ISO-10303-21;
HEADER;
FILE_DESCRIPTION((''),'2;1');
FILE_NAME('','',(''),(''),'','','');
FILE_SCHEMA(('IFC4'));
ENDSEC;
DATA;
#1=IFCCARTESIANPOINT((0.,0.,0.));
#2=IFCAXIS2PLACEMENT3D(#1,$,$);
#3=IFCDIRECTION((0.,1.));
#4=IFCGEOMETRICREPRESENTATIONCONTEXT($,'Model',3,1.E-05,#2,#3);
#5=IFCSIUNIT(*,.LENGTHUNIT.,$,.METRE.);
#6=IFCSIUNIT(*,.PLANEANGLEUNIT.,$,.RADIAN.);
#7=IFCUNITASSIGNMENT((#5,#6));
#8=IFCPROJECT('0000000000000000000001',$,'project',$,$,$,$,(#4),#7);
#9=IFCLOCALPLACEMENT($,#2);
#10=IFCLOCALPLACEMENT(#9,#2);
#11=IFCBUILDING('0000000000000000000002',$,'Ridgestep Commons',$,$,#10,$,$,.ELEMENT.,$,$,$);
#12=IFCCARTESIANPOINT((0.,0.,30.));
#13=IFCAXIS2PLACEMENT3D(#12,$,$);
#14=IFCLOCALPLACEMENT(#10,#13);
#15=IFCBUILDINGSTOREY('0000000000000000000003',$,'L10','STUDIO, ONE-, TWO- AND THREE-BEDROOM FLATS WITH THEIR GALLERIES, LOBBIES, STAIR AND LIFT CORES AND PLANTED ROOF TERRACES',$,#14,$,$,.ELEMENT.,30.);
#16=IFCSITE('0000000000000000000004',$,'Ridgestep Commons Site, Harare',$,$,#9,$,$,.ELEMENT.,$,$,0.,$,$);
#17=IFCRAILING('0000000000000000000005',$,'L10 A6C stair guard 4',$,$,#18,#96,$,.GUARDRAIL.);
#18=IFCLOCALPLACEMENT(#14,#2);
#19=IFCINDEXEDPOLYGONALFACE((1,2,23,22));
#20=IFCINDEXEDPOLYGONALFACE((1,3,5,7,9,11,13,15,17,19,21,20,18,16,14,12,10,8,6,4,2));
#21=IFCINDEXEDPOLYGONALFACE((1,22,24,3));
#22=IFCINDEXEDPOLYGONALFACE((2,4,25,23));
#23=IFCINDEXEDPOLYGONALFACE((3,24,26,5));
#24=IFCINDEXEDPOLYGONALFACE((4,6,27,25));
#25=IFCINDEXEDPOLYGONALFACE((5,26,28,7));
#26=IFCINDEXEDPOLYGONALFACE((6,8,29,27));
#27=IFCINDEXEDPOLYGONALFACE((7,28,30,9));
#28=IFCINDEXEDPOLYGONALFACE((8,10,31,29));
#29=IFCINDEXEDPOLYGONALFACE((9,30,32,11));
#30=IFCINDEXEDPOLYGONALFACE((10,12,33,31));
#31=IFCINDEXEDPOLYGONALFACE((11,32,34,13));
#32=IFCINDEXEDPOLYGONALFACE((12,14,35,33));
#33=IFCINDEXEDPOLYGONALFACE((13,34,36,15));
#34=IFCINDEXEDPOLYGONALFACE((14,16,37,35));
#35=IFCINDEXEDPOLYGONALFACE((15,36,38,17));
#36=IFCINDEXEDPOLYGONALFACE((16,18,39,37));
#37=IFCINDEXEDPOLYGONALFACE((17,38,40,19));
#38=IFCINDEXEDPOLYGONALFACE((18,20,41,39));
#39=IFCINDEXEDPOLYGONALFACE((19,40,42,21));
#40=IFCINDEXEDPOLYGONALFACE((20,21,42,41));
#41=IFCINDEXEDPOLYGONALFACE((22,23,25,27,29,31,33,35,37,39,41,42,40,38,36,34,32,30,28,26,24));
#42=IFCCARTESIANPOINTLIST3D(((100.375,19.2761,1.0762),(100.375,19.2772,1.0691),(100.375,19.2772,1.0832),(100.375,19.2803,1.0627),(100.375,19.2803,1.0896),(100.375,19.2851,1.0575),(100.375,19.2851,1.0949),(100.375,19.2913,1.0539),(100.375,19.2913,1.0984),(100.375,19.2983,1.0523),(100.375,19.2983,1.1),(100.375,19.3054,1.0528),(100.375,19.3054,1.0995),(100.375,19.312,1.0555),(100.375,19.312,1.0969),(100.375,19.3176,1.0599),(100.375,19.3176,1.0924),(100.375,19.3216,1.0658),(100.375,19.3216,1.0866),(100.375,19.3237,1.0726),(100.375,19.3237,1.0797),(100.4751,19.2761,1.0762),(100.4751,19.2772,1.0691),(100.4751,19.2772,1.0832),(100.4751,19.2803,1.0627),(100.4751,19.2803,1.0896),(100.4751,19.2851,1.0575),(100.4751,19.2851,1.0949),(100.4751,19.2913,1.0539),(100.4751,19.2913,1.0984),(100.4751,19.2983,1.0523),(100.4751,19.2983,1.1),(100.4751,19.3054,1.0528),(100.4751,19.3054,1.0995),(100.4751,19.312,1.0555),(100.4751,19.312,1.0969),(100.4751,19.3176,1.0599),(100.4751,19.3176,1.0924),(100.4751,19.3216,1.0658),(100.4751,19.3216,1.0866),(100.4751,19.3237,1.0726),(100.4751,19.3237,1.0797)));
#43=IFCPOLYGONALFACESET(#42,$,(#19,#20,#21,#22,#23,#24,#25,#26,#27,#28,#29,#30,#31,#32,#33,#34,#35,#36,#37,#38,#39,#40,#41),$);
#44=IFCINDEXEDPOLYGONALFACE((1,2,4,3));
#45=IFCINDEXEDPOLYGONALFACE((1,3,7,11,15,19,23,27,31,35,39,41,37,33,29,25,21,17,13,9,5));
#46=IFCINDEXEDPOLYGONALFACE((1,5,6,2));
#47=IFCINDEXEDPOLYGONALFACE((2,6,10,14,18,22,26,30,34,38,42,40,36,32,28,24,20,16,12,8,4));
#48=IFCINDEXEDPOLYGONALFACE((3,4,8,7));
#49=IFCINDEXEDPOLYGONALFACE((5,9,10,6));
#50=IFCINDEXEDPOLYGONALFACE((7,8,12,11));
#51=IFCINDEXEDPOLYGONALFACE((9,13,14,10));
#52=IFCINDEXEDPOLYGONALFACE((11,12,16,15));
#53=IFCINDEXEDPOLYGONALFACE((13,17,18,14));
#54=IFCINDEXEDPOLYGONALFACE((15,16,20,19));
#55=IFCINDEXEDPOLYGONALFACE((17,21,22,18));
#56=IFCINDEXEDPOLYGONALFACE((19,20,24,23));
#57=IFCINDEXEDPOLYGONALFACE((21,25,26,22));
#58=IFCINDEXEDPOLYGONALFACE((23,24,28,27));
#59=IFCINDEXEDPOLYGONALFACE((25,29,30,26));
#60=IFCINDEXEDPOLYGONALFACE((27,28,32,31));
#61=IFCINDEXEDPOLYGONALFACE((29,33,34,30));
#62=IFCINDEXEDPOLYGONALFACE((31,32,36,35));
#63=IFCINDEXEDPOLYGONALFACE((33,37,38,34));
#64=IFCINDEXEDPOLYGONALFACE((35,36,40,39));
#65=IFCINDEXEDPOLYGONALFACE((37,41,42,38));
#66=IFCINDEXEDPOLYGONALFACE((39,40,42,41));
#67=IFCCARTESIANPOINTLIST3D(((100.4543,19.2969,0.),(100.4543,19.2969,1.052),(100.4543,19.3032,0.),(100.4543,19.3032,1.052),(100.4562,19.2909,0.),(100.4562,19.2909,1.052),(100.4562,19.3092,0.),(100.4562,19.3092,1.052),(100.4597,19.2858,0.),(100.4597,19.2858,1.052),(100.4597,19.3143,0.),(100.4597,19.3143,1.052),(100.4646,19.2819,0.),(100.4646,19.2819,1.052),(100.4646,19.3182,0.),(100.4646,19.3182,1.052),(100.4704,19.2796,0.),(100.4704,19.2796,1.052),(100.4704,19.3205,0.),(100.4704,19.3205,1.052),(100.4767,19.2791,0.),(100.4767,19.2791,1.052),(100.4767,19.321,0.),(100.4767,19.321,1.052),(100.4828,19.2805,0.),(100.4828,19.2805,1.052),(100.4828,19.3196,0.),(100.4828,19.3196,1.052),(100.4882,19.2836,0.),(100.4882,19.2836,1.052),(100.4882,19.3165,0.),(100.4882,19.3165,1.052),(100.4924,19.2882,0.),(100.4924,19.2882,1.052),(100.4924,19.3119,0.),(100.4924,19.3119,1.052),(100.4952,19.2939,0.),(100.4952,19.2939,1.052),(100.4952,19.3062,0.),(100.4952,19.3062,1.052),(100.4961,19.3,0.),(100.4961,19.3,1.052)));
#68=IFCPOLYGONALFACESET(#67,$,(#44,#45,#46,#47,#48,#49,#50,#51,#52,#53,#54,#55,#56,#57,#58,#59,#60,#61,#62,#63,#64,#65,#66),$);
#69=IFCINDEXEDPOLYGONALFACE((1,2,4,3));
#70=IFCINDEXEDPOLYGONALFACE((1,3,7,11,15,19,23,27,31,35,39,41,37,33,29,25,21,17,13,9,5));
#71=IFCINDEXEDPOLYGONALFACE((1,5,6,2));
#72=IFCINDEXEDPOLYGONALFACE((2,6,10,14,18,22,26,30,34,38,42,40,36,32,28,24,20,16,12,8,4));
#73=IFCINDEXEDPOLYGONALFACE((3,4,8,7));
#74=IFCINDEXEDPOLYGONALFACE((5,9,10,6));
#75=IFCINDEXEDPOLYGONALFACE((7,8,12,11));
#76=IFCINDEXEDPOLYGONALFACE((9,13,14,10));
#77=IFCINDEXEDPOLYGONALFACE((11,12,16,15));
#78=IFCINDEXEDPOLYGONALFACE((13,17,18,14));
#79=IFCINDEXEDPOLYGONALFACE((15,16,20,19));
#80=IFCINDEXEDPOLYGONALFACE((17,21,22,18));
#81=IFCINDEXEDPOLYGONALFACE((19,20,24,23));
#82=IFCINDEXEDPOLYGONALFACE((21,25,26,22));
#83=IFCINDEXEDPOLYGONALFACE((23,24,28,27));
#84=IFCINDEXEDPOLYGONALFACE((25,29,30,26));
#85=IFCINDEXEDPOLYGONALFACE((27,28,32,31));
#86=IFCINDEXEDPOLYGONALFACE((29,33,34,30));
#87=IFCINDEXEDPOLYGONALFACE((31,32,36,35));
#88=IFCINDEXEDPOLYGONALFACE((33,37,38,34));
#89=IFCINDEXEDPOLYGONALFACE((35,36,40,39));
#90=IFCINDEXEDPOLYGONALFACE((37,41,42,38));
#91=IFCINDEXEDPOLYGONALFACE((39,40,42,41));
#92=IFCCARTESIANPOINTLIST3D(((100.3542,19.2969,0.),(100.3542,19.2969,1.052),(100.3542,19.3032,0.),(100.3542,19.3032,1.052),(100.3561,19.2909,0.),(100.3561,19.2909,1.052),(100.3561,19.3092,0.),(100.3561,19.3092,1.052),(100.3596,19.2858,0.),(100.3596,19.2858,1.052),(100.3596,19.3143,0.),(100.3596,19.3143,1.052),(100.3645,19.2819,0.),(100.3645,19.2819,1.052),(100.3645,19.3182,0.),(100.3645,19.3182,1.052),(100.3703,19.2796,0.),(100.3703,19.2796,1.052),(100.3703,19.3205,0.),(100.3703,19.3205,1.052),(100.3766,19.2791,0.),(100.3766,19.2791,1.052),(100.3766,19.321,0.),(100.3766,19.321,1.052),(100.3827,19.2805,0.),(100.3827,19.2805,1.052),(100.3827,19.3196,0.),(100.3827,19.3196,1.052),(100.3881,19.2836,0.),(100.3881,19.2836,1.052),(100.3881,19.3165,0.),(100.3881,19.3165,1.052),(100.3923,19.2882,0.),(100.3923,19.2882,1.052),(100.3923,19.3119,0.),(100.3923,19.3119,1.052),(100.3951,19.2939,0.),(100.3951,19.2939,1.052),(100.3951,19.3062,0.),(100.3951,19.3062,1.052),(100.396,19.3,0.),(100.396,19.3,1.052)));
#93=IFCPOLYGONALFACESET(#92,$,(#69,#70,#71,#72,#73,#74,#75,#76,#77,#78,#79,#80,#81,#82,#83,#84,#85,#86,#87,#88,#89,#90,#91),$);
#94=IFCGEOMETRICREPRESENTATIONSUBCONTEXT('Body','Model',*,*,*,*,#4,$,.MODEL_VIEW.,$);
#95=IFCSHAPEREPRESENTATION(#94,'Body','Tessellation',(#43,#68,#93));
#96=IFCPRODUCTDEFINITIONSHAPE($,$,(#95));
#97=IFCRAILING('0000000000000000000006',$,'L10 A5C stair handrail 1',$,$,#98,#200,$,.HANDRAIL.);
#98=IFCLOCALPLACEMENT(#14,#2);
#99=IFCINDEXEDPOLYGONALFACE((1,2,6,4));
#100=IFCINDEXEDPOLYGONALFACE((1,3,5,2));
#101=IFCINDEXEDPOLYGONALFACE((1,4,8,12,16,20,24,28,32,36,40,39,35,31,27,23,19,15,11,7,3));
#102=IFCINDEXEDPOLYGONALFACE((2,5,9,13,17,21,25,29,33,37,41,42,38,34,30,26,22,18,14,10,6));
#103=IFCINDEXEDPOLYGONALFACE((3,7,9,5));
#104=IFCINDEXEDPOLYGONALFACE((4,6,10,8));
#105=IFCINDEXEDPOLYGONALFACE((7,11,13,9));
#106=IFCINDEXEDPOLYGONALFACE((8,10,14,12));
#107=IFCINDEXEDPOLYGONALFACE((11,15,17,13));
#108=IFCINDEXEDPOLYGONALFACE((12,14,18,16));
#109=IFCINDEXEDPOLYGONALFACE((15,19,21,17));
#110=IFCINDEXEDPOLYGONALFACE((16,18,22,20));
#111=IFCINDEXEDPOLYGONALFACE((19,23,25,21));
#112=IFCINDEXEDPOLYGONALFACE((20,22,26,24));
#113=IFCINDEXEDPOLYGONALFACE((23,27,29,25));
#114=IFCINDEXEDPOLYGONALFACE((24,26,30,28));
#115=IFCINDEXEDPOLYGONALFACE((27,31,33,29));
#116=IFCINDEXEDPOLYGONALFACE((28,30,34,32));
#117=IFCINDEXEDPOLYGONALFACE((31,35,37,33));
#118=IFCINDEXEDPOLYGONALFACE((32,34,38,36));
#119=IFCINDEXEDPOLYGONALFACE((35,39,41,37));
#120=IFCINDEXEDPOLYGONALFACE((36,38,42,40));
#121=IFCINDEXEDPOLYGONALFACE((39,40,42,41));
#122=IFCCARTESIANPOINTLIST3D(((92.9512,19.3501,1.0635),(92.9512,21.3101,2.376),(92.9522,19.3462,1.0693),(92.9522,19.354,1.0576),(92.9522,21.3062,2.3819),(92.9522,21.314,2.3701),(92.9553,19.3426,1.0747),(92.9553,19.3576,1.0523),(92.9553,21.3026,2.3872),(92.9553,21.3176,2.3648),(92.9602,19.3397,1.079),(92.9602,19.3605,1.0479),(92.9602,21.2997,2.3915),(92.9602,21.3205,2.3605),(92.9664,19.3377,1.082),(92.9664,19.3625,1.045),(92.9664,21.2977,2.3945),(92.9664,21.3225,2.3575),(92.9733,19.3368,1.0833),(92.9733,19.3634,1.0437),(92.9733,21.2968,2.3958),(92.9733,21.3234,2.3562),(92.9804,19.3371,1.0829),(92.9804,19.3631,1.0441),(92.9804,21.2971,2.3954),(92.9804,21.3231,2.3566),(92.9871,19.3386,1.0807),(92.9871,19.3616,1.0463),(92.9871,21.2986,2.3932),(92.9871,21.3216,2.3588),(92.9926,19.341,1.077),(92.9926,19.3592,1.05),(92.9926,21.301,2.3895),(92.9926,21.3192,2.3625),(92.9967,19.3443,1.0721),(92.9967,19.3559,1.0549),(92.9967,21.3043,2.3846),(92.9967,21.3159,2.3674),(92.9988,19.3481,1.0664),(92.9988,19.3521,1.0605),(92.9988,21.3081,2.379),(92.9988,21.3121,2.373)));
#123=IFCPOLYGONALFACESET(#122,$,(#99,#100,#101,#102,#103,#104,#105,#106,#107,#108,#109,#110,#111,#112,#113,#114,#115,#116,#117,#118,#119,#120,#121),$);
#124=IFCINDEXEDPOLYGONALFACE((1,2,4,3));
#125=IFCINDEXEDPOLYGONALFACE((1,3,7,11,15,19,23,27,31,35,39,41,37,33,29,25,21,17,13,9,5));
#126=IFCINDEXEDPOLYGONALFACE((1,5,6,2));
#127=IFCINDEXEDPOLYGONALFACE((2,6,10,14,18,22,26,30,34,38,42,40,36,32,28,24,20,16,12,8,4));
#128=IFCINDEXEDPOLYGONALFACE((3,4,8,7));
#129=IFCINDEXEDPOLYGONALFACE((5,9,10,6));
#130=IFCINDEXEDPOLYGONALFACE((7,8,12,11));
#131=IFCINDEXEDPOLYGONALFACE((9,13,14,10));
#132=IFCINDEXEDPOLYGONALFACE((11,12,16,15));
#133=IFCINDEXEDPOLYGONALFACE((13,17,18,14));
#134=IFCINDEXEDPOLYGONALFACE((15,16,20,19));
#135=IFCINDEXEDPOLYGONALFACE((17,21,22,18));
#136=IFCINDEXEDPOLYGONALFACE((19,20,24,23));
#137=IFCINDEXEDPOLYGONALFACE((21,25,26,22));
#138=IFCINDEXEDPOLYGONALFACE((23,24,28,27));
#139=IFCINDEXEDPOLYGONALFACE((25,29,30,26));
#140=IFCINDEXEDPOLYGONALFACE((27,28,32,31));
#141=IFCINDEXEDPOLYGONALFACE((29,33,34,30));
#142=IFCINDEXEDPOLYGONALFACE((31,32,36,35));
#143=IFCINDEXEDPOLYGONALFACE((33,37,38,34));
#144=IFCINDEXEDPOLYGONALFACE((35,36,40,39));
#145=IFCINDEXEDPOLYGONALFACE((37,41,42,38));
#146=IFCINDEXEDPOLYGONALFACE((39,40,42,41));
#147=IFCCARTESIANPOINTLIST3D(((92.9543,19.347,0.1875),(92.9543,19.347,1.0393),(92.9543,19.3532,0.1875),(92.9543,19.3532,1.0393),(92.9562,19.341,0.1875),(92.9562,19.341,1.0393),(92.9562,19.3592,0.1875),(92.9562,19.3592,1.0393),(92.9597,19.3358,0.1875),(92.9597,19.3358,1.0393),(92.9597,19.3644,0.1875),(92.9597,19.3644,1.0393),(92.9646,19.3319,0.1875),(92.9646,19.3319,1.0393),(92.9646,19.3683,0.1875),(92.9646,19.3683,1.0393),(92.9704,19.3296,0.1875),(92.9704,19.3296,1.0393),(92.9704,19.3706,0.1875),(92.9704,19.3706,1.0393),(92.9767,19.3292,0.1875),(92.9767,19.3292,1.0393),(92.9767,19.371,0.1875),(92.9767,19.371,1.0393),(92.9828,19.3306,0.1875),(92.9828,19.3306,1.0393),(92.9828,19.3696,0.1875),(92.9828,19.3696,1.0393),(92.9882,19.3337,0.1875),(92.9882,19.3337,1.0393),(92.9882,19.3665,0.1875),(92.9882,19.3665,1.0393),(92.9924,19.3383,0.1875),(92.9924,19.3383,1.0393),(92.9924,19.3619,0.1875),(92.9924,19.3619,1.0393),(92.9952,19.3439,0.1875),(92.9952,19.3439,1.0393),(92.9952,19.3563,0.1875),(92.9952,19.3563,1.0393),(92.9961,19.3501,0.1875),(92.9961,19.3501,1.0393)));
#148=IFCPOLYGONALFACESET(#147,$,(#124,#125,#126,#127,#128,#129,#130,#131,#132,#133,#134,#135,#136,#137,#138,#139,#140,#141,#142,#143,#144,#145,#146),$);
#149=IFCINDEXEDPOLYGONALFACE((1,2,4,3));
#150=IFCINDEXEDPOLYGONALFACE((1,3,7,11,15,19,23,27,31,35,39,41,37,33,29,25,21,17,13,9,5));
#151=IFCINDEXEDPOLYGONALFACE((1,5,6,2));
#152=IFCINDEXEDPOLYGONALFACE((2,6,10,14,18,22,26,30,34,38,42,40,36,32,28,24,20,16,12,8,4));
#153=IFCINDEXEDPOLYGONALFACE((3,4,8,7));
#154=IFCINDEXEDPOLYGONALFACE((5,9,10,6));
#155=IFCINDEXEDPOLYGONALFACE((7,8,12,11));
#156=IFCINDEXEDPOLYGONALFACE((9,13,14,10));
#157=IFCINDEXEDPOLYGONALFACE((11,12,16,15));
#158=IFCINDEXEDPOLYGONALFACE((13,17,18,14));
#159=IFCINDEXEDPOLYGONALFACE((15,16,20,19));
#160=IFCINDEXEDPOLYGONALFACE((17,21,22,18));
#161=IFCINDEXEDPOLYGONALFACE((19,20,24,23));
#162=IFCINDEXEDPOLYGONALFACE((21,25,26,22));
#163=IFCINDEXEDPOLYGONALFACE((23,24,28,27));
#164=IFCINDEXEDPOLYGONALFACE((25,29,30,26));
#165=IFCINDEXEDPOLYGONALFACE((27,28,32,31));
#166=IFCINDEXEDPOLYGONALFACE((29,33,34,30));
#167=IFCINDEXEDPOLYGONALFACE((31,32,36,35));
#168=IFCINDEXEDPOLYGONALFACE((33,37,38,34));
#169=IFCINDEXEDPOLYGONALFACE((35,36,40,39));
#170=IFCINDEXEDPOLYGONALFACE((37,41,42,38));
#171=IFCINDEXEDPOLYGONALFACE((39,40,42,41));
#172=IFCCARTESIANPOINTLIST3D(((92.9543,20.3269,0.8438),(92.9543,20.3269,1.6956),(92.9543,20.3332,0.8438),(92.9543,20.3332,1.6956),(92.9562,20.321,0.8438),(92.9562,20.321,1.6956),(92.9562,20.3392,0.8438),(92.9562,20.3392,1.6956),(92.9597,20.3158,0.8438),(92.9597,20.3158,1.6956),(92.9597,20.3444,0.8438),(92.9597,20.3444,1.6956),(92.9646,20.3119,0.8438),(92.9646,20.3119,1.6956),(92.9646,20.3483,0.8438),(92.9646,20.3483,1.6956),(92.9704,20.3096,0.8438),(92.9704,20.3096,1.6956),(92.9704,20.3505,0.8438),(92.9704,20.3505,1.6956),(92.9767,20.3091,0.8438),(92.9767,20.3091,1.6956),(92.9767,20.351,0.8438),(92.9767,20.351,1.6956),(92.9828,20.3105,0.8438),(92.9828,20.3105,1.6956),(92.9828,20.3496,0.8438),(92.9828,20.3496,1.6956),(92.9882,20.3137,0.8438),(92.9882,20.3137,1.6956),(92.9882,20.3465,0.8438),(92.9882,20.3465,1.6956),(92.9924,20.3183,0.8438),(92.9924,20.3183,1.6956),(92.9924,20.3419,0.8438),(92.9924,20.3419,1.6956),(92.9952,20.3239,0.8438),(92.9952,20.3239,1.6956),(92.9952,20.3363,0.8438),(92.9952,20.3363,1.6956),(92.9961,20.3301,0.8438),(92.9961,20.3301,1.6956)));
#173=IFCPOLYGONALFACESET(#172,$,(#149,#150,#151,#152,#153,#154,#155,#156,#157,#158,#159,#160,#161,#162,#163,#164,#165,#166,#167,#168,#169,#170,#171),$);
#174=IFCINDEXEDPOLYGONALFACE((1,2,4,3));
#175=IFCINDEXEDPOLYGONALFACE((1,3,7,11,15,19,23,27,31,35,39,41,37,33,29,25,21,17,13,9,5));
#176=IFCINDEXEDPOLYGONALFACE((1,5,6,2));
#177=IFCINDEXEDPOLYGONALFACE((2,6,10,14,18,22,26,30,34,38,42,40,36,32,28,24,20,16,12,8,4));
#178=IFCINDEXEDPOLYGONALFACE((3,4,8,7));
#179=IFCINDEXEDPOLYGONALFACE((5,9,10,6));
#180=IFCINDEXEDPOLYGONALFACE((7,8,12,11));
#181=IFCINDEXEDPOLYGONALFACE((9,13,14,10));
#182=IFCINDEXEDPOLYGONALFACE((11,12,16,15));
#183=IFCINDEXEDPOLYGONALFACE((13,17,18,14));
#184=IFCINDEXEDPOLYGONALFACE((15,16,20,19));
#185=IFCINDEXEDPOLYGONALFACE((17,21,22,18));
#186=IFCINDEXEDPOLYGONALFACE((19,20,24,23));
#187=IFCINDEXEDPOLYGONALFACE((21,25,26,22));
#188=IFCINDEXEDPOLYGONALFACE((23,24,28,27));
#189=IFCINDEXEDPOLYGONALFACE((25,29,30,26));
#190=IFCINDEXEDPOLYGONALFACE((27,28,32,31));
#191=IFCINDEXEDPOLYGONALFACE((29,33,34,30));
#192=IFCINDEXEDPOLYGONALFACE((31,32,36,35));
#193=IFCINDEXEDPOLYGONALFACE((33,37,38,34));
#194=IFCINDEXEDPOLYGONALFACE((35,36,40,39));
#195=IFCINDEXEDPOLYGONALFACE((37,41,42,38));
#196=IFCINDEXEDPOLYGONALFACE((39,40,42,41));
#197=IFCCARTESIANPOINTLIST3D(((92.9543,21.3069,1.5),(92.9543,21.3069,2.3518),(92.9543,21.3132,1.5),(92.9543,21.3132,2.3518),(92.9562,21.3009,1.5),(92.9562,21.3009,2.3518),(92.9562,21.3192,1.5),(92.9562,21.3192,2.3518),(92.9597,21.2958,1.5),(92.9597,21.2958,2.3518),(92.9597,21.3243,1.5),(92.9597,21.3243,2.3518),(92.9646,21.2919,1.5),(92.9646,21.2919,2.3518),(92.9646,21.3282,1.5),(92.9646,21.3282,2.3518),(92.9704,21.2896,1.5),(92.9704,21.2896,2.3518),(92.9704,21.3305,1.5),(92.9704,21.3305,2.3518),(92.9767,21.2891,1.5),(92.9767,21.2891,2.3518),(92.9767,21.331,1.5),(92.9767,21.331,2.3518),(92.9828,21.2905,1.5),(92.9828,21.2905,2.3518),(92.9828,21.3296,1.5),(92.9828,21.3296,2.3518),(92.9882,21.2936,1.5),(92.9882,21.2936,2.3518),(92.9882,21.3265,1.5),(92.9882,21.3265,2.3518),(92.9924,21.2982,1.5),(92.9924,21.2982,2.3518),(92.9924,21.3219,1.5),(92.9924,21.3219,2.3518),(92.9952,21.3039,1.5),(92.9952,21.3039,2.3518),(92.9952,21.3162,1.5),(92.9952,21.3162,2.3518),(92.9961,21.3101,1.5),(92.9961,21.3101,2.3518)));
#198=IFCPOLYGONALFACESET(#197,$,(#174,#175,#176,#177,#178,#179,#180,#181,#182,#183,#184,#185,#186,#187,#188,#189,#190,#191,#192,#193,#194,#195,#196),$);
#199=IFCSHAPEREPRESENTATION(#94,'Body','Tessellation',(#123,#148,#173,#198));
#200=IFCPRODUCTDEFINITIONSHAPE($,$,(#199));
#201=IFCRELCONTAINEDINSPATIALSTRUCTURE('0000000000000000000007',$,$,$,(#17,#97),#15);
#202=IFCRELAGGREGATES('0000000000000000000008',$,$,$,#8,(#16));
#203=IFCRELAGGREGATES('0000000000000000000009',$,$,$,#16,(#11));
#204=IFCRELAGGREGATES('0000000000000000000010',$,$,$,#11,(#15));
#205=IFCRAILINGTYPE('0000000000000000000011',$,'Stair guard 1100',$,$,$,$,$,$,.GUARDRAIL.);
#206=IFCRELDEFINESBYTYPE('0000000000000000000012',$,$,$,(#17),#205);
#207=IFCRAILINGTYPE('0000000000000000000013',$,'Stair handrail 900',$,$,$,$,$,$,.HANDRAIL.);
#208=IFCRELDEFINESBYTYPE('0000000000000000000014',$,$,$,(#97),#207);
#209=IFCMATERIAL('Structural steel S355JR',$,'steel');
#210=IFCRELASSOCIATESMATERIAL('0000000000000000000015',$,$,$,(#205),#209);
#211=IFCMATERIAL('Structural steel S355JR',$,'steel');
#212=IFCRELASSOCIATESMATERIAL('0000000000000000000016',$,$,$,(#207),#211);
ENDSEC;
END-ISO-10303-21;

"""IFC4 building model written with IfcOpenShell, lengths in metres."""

from ifc_helpers import new_model, si_unit, direction, frame, origin, origin_2d, place, context, subcontext, project, spatial, circle, extrude, material, type_object, element, save


model = new_model("IFC4")

# Units and contexts
model_context = context("Model", 3, precision=1e-05, world=origin(), true_north=direction((0.0, 1.0)))
body_context = subcontext(model_context, "Body", "Model", "MODEL_VIEW")
ifc_project = project(units=[si_unit("LENGTHUNIT", "METRE"), si_unit("PLANEANGLEUNIT", "RADIAN")], contexts=[model_context])

# Site, building, storey
site_placement = place(None, origin())
site = spatial("IfcSite", under=ifc_project, at=site_placement, Name="Ridgestep Commons Site, Harare", CompositionType="ELEMENT", RefElevation=0.0)
building_placement = place(site_placement, origin())
building = spatial("IfcBuilding", under=site, at=building_placement, Name="Ridgestep Commons", CompositionType="ELEMENT")
storey_placement = place(building_placement, frame((0.0, 0.0, 30.0)))
storey = spatial("IfcBuildingStorey", under=building, at=storey_placement, Name="L10", Description="STUDIO, ONE-, TWO- AND THREE-BEDROOM FLATS WITH THEIR GALLERIES, LOBBIES, STAIR AND LIFT CORES AND PLANTED ROOF TERRACES", CompositionType="ELEMENT", Elevation=30.0)

# Railings
ifc_material_1 = material(Name="Structural steel S355JR", Category="steel")
railing_type_1 = type_object("IfcRailingType", Name="Stair guard 1100", PredefinedType="GUARDRAIL", material=ifc_material_1)
for number, where, name in (
    (1, (100.4751, 19.3, 0.0), "L10 A6C stair guard 4"),
):
    element("IfcRailing", number, at=place(storey_placement, frame(where)), inside=storey, type_object=railing_type_1, Name=name, PredefinedType="GUARDRAIL", context=body_context, shape_type="SweptSolid", body=[
        extrude(circle(Radius=0.0239, at=origin_2d()), frame((0.0, 0.0, 1.0762), z_axis=(-1.0, 0.0, 0.0), x_axis=(0.0, -1.0, 0.0)), (0.0, 0.0, 1.0), 0.1001),
        extrude(circle(Radius=0.021, at=origin_2d()), origin(), (0.0, 0.0, 1.0), 1.052),
        extrude(circle(Radius=0.021, at=origin_2d()), frame((-0.1001, 0.0, 0.0)), (0.0, 0.0, 1.0), 1.052),
    ])
ifc_material_2 = material(Name="Structural steel S355JR", Category="steel")
railing_type_2 = type_object("IfcRailingType", Name="Stair handrail 900", PredefinedType="HANDRAIL", material=ifc_material_2)
railing_1_placement = place(storey_placement, frame((92.9751, 19.3501, 0.1875)))
element("IfcRailing", 2, at=railing_1_placement, inside=storey, type_object=railing_type_2, Name="L10 A5C stair handrail 1", PredefinedType="HANDRAIL", context=body_context, shape_type="SweptSolid", body=[
    extrude(circle(Radius=0.0239, at=origin_2d()), frame((0.0, 0.0, 0.876), z_axis=(0.0, 0.830902, 0.556419), x_axis=(-1.0, 0.0, 0.0)), (0.0, 0.0, 1.0), 2.3589),
    extrude(circle(Radius=0.021, at=origin_2d()), origin(), (0.0, 0.0, 1.0), 0.8518),
    extrude(circle(Radius=0.021, at=origin_2d()), frame((0.0, 0.98, 0.6562)), (0.0, 0.0, 1.0), 0.8518),
    extrude(circle(Radius=0.021, at=origin_2d()), frame((0.0, 1.96, 1.3125)), (0.0, 0.0, 1.0), 0.8518),
])

save(model, "model.ifc")
